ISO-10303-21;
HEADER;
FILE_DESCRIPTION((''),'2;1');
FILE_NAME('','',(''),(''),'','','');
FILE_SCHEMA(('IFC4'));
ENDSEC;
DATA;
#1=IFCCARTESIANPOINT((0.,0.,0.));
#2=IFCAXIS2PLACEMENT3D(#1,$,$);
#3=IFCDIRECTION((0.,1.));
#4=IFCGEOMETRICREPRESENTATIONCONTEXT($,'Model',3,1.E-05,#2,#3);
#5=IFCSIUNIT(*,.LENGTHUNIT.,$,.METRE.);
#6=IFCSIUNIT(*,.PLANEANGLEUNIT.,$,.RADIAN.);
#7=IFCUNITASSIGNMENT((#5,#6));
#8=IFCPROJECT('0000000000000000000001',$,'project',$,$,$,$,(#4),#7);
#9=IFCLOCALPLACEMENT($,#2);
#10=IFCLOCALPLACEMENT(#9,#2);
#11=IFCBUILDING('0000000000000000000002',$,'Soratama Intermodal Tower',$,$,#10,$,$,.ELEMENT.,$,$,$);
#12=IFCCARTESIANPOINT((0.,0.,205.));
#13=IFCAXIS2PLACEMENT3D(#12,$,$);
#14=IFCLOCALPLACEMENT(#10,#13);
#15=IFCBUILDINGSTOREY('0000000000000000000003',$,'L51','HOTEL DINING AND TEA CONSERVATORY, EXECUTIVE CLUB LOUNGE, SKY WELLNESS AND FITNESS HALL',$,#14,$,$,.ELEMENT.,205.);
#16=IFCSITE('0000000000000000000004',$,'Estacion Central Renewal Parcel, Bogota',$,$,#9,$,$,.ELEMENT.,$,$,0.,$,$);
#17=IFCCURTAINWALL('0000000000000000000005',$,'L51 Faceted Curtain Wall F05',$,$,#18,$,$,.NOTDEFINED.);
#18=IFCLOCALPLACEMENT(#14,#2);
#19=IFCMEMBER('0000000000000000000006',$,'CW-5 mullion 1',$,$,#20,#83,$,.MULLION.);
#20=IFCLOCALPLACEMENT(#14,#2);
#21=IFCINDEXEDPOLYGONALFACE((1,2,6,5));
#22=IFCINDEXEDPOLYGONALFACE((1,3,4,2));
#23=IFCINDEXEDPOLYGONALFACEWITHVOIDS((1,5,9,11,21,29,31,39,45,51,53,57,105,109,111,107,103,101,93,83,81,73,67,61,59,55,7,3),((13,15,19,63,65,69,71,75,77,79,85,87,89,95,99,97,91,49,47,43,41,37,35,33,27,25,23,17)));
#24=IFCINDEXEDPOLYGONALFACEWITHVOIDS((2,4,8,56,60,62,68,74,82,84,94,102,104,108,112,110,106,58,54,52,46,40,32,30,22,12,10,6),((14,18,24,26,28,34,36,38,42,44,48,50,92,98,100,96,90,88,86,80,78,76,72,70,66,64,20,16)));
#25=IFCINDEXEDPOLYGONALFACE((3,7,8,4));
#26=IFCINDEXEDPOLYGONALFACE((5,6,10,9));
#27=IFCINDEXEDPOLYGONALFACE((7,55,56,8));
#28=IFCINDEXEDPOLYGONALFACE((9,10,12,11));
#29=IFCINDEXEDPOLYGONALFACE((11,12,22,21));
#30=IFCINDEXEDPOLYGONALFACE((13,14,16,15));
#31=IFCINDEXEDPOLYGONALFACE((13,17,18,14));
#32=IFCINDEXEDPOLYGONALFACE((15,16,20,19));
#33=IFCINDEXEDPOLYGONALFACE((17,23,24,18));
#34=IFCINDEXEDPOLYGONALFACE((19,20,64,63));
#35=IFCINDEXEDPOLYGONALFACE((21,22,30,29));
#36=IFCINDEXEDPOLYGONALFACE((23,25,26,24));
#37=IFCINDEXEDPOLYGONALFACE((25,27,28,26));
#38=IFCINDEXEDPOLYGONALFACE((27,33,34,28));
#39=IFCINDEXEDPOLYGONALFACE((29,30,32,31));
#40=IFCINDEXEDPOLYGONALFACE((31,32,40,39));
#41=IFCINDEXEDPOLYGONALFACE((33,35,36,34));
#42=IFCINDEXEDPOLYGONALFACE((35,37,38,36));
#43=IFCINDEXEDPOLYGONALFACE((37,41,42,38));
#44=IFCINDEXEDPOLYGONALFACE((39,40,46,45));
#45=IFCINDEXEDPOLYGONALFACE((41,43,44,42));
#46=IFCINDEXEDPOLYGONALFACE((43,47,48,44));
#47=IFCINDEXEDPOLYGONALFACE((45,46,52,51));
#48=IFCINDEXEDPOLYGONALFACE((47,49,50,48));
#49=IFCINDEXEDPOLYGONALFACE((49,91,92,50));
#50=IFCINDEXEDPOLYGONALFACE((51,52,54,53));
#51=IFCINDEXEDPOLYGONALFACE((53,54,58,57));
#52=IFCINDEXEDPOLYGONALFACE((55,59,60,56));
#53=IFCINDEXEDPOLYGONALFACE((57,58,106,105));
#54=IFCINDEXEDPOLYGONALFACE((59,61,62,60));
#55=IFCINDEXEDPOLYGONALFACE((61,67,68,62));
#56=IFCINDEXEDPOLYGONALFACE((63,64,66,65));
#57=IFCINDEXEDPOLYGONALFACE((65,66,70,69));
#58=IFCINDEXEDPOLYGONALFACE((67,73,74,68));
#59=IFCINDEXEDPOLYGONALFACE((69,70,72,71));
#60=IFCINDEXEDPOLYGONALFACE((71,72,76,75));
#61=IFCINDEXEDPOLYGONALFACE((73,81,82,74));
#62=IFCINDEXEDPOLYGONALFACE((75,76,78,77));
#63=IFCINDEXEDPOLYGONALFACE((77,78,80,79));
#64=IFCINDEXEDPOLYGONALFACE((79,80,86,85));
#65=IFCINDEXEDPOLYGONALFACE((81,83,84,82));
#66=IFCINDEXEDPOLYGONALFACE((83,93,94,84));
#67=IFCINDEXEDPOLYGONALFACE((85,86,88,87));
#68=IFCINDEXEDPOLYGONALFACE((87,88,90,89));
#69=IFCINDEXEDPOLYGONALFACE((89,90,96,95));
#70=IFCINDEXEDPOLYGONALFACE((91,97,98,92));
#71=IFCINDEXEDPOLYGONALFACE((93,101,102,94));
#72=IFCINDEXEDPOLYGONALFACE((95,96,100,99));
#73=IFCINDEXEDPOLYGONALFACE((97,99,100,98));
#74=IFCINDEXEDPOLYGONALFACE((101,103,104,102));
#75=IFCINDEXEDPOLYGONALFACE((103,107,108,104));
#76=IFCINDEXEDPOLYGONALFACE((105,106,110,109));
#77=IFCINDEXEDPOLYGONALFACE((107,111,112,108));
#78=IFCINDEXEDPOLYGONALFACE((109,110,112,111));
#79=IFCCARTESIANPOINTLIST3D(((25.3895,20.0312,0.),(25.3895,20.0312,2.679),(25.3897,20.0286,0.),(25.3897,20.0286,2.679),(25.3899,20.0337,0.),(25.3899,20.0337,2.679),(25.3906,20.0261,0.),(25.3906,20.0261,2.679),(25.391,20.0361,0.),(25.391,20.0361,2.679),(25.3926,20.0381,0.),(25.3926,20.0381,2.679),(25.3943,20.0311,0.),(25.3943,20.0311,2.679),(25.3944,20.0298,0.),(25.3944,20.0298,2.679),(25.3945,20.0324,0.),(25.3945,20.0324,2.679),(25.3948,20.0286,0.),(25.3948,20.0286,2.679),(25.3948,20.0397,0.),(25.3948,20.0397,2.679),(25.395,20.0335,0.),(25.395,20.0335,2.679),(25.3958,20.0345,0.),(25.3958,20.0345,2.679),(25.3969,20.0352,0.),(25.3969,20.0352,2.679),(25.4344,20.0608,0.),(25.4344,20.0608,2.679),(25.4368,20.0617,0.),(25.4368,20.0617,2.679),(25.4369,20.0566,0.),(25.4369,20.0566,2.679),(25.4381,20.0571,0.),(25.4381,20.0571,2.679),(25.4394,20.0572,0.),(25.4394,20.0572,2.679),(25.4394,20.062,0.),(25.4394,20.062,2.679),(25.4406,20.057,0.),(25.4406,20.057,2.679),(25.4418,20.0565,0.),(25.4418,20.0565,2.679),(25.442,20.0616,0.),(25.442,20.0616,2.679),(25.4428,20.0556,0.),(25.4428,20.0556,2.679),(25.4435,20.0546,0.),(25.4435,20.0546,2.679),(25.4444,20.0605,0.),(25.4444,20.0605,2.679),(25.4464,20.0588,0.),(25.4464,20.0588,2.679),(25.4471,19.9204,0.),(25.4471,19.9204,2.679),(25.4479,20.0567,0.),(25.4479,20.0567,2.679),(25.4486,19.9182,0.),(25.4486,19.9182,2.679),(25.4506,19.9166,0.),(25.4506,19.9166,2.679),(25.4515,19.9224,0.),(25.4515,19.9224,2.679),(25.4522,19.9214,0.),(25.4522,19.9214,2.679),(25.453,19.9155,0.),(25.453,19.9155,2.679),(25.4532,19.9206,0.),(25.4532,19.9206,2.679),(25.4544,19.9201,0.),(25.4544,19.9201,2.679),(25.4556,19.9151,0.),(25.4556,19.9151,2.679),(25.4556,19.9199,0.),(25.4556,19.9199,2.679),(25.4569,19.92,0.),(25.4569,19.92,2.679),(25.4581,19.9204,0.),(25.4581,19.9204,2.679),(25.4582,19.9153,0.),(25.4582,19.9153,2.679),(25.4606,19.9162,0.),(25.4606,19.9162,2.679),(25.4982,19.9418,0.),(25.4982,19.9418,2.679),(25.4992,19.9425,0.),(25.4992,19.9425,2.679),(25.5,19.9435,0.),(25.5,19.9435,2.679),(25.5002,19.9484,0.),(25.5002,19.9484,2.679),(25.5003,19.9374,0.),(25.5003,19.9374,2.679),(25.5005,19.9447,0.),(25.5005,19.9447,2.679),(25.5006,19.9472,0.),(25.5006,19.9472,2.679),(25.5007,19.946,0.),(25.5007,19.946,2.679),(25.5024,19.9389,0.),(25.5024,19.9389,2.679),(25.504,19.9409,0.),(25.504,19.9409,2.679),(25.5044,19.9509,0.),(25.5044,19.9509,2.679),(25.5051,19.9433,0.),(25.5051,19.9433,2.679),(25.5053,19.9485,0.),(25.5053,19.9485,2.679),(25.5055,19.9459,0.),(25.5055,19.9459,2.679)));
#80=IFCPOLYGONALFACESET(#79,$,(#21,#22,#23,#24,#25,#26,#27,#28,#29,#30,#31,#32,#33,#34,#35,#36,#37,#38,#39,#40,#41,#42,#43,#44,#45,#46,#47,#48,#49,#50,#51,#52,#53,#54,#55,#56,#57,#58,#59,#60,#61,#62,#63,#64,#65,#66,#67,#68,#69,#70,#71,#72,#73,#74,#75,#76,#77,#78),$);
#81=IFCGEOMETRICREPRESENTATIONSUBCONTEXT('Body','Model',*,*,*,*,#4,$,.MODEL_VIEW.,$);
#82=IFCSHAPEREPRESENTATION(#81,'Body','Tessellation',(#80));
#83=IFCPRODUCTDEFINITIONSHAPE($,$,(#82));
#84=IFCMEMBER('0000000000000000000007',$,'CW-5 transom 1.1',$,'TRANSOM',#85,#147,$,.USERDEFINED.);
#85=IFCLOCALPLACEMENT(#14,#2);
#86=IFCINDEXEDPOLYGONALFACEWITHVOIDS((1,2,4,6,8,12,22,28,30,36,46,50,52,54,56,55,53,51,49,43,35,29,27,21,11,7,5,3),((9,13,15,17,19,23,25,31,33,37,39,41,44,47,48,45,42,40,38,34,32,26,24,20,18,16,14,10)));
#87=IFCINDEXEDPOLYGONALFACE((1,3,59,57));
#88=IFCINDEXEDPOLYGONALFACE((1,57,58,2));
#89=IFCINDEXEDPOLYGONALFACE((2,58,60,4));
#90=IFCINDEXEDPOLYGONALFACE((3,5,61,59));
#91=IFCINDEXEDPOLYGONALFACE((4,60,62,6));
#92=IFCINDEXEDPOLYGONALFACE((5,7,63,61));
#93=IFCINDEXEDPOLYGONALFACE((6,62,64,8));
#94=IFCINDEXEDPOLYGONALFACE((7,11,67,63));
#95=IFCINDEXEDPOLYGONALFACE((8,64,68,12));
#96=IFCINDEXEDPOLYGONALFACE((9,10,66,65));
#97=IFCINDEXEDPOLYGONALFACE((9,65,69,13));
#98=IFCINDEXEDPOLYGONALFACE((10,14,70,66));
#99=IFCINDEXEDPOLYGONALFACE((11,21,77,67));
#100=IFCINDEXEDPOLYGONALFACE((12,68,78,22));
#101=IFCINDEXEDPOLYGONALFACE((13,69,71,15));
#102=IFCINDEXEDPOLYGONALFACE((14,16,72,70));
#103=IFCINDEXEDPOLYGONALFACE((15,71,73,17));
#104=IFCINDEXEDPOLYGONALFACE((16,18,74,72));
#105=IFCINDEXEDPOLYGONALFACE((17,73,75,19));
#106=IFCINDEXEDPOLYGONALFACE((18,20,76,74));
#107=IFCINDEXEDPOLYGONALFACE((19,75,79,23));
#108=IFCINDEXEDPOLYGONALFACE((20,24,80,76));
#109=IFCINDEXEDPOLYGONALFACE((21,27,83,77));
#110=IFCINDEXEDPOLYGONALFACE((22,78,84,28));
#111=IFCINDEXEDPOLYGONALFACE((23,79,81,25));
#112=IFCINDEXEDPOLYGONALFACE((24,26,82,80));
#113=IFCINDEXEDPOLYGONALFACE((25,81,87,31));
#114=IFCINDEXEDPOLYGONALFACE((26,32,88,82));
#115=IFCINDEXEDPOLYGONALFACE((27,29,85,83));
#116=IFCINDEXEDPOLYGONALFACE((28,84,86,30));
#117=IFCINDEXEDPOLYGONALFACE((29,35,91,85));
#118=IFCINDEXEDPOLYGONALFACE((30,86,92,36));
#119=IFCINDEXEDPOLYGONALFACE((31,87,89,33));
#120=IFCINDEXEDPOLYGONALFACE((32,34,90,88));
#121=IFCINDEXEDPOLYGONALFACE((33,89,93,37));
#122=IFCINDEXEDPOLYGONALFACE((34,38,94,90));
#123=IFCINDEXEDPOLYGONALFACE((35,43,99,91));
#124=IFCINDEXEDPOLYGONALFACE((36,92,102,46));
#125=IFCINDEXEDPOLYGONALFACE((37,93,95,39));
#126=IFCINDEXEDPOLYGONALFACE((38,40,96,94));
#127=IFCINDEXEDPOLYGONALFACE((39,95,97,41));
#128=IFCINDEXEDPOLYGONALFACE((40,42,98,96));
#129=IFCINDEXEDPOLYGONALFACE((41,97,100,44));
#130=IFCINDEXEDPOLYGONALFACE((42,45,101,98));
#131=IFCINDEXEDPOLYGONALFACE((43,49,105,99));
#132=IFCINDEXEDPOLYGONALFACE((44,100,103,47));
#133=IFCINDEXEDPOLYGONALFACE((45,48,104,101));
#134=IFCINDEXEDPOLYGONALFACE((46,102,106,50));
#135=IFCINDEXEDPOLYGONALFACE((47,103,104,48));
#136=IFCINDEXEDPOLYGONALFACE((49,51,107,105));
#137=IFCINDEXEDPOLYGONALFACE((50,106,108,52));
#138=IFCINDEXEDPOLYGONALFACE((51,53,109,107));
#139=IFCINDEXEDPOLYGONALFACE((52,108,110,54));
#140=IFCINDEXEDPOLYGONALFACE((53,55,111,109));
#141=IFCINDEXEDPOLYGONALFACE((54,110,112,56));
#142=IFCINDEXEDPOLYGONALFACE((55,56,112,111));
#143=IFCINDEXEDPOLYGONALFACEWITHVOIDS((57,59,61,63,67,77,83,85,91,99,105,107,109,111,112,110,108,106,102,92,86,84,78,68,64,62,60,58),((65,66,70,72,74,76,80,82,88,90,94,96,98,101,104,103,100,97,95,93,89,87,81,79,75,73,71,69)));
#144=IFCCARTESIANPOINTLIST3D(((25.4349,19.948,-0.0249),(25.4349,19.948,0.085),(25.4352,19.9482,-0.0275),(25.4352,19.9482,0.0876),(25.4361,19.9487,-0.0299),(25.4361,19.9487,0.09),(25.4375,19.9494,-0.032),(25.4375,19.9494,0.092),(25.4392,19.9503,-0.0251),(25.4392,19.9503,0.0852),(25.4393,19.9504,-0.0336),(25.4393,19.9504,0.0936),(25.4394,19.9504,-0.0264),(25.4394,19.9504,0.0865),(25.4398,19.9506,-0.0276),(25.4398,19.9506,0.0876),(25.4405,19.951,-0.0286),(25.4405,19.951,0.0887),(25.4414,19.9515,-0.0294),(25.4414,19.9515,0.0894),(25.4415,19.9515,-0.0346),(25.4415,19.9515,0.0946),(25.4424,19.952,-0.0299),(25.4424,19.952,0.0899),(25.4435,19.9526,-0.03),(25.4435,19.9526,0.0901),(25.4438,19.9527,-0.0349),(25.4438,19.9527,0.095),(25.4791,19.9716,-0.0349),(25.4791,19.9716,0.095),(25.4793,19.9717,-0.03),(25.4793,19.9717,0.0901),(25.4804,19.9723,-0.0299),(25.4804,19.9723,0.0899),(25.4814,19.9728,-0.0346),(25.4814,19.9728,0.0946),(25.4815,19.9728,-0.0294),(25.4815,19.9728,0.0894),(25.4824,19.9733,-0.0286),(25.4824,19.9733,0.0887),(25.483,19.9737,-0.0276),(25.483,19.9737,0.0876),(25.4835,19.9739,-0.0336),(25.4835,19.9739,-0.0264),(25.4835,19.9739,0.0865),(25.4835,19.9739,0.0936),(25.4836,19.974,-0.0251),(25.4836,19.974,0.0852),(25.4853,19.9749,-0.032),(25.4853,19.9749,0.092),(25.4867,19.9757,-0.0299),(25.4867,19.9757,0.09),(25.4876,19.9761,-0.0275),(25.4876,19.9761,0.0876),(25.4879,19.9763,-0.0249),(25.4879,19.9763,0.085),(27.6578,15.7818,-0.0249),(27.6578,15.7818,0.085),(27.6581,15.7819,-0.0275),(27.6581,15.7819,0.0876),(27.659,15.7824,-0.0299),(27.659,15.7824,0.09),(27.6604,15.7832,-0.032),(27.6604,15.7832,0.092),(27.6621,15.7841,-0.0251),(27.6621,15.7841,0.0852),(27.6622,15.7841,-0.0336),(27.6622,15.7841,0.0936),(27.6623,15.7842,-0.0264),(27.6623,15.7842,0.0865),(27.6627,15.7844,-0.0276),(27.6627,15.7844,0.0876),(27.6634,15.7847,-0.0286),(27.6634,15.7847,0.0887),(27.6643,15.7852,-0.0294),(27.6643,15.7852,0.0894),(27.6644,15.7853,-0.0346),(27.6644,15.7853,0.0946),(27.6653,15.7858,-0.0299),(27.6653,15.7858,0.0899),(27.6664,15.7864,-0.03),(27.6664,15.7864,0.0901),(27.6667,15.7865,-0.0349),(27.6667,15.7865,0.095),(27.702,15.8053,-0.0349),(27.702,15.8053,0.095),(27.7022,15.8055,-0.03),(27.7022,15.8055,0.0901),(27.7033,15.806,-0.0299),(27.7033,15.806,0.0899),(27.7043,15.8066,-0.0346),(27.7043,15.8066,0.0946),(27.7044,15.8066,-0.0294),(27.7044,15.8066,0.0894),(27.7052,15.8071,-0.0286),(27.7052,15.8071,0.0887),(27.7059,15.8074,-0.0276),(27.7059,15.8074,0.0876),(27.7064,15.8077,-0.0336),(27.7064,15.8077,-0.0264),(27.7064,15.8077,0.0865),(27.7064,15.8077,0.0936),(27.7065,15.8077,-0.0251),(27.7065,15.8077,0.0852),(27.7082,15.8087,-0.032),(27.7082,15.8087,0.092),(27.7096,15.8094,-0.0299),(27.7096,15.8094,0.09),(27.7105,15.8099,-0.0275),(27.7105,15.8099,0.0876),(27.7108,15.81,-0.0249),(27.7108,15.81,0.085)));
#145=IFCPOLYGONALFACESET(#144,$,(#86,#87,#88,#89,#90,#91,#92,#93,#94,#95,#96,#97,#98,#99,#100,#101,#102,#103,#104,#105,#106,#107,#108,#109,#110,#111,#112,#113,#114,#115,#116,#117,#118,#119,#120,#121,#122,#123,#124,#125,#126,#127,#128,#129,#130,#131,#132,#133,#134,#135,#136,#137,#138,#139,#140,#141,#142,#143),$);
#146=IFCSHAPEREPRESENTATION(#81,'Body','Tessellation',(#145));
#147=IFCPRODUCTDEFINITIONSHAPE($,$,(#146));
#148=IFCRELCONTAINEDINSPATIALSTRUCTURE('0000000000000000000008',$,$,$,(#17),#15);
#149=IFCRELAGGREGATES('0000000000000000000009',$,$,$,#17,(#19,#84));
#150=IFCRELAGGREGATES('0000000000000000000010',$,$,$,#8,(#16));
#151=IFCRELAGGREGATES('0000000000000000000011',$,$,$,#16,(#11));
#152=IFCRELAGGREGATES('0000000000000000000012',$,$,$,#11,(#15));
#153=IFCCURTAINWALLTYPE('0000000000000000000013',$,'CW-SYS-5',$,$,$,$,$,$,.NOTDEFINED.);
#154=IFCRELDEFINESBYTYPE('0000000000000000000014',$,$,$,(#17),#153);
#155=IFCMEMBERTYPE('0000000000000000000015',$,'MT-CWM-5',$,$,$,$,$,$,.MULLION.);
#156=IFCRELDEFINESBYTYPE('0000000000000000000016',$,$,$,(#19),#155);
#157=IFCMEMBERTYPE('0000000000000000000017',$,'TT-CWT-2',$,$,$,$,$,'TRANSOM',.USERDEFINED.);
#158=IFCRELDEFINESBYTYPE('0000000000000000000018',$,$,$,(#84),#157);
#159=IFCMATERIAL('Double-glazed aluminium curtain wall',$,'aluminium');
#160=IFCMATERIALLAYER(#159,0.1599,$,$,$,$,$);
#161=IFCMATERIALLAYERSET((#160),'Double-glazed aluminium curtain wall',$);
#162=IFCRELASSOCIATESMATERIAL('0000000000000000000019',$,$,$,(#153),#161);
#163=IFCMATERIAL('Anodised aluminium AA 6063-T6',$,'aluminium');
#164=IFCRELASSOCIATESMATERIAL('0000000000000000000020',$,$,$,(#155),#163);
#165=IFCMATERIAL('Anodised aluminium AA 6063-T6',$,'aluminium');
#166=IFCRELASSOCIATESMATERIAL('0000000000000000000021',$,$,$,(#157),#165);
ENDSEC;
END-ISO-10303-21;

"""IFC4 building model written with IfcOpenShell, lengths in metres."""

from ifc_helpers import new_model, si_unit, direction, frame, origin, origin_2d, place, context, subcontext, project, spatial, hollow_rectangle, extrude, material, layer, layer_set, material_profile, profile_set, type_object, element, aggregate, save


model = new_model("IFC4")

# Units and contexts
model_context = context("Model", 3, precision=1e-05, world=origin(), true_north=direction((0.0, 1.0)))
body_context = subcontext(model_context, "Body", "Model", "MODEL_VIEW")
ifc_project = project(units=[si_unit("LENGTHUNIT", "METRE"), si_unit("PLANEANGLEUNIT", "RADIAN")], contexts=[model_context])

# Site, building, storey
site_placement = place(None, origin())
site = spatial("IfcSite", under=ifc_project, at=site_placement, Name="Estacion Central Renewal Parcel, Bogota", CompositionType="ELEMENT", RefElevation=0.0)
building_placement = place(site_placement, origin())
building = spatial("IfcBuilding", under=site, at=building_placement, Name="Soratama Intermodal Tower", CompositionType="ELEMENT")
storey_placement = place(building_placement, frame((0.0, 0.0, 205.0)))
storey = spatial("IfcBuildingStorey", under=building, at=storey_placement, Name="L51", Description="HOTEL DINING AND TEA CONSERVATORY, EXECUTIVE CLUB LOUNGE, SKY WELLNESS AND FITNESS HALL", CompositionType="ELEMENT", Elevation=205.0)

# Curtain wall, members
ifc_material_1 = material(Name="Double-glazed aluminium curtain wall", Category="aluminium")
ifc_layer_1 = layer(ifc_material_1, 0.1599)
ifc_layer_set_1 = layer_set([ifc_layer_1], Name="Double-glazed aluminium curtain wall")
curtain_wall_type = type_object("IfcCurtainWallType", Name="CW-SYS-5", PredefinedType="NOTDEFINED", material=ifc_layer_set_1)
curtain_wall_placement = place(storey_placement, origin())
curtain_wall = element("IfcCurtainWall", 1, at=curtain_wall_placement, inside=storey, type_object=curtain_wall_type, Name="L51 Faceted Curtain Wall F05", PredefinedType="NOTDEFINED")
ifc_material_2 = material(Name="Anodised aluminium AA 6063-T6", Category="aluminium")
ifc_material_profile_1 = material_profile(ifc_material_2, hollow_rectangle(XDim=0.0649, YDim=0.1399, WallThickness=0.0049, InnerFilletRadius=0.0049, OuterFilletRadius=0.01, at=origin_2d()), Name="CWM140X65X5")
ifc_profile_set_1 = profile_set([ifc_material_profile_1], Name="Anodised aluminium AA 6063-T6")
member_type_1 = type_object("IfcMemberType", Name="MT-CWM-5", PredefinedType="MULLION", material=ifc_profile_set_1)
member_1_placement = place(storey_placement, frame((25.4475, 19.9885, 0.0), z_axis=(0.0, 0.0, 1.0), x_axis=(0.88229, 0.470706, 0.0)))
member_1 = element("IfcMember", 2, at=member_1_placement, type_object=member_type_1, Name="CW-5 mullion 1", PredefinedType="MULLION", context=body_context, shape_type="SweptSolid", body=[
    extrude(hollow_rectangle(XDim=0.0649, YDim=0.1399, WallThickness=0.0049, InnerFilletRadius=0.0049, OuterFilletRadius=0.01, at=origin_2d()), origin(), (0.0, 0.0, 1.0), 2.679),
])
ifc_material_3 = material(Name="Anodised aluminium AA 6063-T6", Category="aluminium")
ifc_material_profile_2 = material_profile(ifc_material_3, hollow_rectangle(XDim=0.0601, YDim=0.1299, WallThickness=0.0049, InnerFilletRadius=0.0049, OuterFilletRadius=0.01, at=origin_2d()), Name="CWT130X60X5")
ifc_profile_set_2 = profile_set([ifc_material_profile_2], Name="Anodised aluminium AA 6063-T6")
member_type_2 = type_object("IfcMemberType", Name="TT-CWT-2", ElementType="TRANSOM", PredefinedType="USERDEFINED", material=ifc_profile_set_2)
member_2_placement = place(storey_placement, frame((25.4614, 19.9622, 0.03), z_axis=(0.470736, -0.882274, 0.0), x_axis=(0.882274, 0.470736, 0.0)))
member_2 = element("IfcMember", 3, at=member_2_placement, type_object=member_type_2, Name="CW-5 transom 1.1", ObjectType="TRANSOM", PredefinedType="USERDEFINED", context=body_context, shape_type="SweptSolid", body=[
    extrude(hollow_rectangle(XDim=0.0601, YDim=0.1299, WallThickness=0.0049, InnerFilletRadius=0.0049, OuterFilletRadius=0.01, at=origin_2d()), origin(), (0.0, 0.0, 1.0), 4.7222),
])
aggregate(curtain_wall, [member_1, member_2])

save(model, "model.ifc")
